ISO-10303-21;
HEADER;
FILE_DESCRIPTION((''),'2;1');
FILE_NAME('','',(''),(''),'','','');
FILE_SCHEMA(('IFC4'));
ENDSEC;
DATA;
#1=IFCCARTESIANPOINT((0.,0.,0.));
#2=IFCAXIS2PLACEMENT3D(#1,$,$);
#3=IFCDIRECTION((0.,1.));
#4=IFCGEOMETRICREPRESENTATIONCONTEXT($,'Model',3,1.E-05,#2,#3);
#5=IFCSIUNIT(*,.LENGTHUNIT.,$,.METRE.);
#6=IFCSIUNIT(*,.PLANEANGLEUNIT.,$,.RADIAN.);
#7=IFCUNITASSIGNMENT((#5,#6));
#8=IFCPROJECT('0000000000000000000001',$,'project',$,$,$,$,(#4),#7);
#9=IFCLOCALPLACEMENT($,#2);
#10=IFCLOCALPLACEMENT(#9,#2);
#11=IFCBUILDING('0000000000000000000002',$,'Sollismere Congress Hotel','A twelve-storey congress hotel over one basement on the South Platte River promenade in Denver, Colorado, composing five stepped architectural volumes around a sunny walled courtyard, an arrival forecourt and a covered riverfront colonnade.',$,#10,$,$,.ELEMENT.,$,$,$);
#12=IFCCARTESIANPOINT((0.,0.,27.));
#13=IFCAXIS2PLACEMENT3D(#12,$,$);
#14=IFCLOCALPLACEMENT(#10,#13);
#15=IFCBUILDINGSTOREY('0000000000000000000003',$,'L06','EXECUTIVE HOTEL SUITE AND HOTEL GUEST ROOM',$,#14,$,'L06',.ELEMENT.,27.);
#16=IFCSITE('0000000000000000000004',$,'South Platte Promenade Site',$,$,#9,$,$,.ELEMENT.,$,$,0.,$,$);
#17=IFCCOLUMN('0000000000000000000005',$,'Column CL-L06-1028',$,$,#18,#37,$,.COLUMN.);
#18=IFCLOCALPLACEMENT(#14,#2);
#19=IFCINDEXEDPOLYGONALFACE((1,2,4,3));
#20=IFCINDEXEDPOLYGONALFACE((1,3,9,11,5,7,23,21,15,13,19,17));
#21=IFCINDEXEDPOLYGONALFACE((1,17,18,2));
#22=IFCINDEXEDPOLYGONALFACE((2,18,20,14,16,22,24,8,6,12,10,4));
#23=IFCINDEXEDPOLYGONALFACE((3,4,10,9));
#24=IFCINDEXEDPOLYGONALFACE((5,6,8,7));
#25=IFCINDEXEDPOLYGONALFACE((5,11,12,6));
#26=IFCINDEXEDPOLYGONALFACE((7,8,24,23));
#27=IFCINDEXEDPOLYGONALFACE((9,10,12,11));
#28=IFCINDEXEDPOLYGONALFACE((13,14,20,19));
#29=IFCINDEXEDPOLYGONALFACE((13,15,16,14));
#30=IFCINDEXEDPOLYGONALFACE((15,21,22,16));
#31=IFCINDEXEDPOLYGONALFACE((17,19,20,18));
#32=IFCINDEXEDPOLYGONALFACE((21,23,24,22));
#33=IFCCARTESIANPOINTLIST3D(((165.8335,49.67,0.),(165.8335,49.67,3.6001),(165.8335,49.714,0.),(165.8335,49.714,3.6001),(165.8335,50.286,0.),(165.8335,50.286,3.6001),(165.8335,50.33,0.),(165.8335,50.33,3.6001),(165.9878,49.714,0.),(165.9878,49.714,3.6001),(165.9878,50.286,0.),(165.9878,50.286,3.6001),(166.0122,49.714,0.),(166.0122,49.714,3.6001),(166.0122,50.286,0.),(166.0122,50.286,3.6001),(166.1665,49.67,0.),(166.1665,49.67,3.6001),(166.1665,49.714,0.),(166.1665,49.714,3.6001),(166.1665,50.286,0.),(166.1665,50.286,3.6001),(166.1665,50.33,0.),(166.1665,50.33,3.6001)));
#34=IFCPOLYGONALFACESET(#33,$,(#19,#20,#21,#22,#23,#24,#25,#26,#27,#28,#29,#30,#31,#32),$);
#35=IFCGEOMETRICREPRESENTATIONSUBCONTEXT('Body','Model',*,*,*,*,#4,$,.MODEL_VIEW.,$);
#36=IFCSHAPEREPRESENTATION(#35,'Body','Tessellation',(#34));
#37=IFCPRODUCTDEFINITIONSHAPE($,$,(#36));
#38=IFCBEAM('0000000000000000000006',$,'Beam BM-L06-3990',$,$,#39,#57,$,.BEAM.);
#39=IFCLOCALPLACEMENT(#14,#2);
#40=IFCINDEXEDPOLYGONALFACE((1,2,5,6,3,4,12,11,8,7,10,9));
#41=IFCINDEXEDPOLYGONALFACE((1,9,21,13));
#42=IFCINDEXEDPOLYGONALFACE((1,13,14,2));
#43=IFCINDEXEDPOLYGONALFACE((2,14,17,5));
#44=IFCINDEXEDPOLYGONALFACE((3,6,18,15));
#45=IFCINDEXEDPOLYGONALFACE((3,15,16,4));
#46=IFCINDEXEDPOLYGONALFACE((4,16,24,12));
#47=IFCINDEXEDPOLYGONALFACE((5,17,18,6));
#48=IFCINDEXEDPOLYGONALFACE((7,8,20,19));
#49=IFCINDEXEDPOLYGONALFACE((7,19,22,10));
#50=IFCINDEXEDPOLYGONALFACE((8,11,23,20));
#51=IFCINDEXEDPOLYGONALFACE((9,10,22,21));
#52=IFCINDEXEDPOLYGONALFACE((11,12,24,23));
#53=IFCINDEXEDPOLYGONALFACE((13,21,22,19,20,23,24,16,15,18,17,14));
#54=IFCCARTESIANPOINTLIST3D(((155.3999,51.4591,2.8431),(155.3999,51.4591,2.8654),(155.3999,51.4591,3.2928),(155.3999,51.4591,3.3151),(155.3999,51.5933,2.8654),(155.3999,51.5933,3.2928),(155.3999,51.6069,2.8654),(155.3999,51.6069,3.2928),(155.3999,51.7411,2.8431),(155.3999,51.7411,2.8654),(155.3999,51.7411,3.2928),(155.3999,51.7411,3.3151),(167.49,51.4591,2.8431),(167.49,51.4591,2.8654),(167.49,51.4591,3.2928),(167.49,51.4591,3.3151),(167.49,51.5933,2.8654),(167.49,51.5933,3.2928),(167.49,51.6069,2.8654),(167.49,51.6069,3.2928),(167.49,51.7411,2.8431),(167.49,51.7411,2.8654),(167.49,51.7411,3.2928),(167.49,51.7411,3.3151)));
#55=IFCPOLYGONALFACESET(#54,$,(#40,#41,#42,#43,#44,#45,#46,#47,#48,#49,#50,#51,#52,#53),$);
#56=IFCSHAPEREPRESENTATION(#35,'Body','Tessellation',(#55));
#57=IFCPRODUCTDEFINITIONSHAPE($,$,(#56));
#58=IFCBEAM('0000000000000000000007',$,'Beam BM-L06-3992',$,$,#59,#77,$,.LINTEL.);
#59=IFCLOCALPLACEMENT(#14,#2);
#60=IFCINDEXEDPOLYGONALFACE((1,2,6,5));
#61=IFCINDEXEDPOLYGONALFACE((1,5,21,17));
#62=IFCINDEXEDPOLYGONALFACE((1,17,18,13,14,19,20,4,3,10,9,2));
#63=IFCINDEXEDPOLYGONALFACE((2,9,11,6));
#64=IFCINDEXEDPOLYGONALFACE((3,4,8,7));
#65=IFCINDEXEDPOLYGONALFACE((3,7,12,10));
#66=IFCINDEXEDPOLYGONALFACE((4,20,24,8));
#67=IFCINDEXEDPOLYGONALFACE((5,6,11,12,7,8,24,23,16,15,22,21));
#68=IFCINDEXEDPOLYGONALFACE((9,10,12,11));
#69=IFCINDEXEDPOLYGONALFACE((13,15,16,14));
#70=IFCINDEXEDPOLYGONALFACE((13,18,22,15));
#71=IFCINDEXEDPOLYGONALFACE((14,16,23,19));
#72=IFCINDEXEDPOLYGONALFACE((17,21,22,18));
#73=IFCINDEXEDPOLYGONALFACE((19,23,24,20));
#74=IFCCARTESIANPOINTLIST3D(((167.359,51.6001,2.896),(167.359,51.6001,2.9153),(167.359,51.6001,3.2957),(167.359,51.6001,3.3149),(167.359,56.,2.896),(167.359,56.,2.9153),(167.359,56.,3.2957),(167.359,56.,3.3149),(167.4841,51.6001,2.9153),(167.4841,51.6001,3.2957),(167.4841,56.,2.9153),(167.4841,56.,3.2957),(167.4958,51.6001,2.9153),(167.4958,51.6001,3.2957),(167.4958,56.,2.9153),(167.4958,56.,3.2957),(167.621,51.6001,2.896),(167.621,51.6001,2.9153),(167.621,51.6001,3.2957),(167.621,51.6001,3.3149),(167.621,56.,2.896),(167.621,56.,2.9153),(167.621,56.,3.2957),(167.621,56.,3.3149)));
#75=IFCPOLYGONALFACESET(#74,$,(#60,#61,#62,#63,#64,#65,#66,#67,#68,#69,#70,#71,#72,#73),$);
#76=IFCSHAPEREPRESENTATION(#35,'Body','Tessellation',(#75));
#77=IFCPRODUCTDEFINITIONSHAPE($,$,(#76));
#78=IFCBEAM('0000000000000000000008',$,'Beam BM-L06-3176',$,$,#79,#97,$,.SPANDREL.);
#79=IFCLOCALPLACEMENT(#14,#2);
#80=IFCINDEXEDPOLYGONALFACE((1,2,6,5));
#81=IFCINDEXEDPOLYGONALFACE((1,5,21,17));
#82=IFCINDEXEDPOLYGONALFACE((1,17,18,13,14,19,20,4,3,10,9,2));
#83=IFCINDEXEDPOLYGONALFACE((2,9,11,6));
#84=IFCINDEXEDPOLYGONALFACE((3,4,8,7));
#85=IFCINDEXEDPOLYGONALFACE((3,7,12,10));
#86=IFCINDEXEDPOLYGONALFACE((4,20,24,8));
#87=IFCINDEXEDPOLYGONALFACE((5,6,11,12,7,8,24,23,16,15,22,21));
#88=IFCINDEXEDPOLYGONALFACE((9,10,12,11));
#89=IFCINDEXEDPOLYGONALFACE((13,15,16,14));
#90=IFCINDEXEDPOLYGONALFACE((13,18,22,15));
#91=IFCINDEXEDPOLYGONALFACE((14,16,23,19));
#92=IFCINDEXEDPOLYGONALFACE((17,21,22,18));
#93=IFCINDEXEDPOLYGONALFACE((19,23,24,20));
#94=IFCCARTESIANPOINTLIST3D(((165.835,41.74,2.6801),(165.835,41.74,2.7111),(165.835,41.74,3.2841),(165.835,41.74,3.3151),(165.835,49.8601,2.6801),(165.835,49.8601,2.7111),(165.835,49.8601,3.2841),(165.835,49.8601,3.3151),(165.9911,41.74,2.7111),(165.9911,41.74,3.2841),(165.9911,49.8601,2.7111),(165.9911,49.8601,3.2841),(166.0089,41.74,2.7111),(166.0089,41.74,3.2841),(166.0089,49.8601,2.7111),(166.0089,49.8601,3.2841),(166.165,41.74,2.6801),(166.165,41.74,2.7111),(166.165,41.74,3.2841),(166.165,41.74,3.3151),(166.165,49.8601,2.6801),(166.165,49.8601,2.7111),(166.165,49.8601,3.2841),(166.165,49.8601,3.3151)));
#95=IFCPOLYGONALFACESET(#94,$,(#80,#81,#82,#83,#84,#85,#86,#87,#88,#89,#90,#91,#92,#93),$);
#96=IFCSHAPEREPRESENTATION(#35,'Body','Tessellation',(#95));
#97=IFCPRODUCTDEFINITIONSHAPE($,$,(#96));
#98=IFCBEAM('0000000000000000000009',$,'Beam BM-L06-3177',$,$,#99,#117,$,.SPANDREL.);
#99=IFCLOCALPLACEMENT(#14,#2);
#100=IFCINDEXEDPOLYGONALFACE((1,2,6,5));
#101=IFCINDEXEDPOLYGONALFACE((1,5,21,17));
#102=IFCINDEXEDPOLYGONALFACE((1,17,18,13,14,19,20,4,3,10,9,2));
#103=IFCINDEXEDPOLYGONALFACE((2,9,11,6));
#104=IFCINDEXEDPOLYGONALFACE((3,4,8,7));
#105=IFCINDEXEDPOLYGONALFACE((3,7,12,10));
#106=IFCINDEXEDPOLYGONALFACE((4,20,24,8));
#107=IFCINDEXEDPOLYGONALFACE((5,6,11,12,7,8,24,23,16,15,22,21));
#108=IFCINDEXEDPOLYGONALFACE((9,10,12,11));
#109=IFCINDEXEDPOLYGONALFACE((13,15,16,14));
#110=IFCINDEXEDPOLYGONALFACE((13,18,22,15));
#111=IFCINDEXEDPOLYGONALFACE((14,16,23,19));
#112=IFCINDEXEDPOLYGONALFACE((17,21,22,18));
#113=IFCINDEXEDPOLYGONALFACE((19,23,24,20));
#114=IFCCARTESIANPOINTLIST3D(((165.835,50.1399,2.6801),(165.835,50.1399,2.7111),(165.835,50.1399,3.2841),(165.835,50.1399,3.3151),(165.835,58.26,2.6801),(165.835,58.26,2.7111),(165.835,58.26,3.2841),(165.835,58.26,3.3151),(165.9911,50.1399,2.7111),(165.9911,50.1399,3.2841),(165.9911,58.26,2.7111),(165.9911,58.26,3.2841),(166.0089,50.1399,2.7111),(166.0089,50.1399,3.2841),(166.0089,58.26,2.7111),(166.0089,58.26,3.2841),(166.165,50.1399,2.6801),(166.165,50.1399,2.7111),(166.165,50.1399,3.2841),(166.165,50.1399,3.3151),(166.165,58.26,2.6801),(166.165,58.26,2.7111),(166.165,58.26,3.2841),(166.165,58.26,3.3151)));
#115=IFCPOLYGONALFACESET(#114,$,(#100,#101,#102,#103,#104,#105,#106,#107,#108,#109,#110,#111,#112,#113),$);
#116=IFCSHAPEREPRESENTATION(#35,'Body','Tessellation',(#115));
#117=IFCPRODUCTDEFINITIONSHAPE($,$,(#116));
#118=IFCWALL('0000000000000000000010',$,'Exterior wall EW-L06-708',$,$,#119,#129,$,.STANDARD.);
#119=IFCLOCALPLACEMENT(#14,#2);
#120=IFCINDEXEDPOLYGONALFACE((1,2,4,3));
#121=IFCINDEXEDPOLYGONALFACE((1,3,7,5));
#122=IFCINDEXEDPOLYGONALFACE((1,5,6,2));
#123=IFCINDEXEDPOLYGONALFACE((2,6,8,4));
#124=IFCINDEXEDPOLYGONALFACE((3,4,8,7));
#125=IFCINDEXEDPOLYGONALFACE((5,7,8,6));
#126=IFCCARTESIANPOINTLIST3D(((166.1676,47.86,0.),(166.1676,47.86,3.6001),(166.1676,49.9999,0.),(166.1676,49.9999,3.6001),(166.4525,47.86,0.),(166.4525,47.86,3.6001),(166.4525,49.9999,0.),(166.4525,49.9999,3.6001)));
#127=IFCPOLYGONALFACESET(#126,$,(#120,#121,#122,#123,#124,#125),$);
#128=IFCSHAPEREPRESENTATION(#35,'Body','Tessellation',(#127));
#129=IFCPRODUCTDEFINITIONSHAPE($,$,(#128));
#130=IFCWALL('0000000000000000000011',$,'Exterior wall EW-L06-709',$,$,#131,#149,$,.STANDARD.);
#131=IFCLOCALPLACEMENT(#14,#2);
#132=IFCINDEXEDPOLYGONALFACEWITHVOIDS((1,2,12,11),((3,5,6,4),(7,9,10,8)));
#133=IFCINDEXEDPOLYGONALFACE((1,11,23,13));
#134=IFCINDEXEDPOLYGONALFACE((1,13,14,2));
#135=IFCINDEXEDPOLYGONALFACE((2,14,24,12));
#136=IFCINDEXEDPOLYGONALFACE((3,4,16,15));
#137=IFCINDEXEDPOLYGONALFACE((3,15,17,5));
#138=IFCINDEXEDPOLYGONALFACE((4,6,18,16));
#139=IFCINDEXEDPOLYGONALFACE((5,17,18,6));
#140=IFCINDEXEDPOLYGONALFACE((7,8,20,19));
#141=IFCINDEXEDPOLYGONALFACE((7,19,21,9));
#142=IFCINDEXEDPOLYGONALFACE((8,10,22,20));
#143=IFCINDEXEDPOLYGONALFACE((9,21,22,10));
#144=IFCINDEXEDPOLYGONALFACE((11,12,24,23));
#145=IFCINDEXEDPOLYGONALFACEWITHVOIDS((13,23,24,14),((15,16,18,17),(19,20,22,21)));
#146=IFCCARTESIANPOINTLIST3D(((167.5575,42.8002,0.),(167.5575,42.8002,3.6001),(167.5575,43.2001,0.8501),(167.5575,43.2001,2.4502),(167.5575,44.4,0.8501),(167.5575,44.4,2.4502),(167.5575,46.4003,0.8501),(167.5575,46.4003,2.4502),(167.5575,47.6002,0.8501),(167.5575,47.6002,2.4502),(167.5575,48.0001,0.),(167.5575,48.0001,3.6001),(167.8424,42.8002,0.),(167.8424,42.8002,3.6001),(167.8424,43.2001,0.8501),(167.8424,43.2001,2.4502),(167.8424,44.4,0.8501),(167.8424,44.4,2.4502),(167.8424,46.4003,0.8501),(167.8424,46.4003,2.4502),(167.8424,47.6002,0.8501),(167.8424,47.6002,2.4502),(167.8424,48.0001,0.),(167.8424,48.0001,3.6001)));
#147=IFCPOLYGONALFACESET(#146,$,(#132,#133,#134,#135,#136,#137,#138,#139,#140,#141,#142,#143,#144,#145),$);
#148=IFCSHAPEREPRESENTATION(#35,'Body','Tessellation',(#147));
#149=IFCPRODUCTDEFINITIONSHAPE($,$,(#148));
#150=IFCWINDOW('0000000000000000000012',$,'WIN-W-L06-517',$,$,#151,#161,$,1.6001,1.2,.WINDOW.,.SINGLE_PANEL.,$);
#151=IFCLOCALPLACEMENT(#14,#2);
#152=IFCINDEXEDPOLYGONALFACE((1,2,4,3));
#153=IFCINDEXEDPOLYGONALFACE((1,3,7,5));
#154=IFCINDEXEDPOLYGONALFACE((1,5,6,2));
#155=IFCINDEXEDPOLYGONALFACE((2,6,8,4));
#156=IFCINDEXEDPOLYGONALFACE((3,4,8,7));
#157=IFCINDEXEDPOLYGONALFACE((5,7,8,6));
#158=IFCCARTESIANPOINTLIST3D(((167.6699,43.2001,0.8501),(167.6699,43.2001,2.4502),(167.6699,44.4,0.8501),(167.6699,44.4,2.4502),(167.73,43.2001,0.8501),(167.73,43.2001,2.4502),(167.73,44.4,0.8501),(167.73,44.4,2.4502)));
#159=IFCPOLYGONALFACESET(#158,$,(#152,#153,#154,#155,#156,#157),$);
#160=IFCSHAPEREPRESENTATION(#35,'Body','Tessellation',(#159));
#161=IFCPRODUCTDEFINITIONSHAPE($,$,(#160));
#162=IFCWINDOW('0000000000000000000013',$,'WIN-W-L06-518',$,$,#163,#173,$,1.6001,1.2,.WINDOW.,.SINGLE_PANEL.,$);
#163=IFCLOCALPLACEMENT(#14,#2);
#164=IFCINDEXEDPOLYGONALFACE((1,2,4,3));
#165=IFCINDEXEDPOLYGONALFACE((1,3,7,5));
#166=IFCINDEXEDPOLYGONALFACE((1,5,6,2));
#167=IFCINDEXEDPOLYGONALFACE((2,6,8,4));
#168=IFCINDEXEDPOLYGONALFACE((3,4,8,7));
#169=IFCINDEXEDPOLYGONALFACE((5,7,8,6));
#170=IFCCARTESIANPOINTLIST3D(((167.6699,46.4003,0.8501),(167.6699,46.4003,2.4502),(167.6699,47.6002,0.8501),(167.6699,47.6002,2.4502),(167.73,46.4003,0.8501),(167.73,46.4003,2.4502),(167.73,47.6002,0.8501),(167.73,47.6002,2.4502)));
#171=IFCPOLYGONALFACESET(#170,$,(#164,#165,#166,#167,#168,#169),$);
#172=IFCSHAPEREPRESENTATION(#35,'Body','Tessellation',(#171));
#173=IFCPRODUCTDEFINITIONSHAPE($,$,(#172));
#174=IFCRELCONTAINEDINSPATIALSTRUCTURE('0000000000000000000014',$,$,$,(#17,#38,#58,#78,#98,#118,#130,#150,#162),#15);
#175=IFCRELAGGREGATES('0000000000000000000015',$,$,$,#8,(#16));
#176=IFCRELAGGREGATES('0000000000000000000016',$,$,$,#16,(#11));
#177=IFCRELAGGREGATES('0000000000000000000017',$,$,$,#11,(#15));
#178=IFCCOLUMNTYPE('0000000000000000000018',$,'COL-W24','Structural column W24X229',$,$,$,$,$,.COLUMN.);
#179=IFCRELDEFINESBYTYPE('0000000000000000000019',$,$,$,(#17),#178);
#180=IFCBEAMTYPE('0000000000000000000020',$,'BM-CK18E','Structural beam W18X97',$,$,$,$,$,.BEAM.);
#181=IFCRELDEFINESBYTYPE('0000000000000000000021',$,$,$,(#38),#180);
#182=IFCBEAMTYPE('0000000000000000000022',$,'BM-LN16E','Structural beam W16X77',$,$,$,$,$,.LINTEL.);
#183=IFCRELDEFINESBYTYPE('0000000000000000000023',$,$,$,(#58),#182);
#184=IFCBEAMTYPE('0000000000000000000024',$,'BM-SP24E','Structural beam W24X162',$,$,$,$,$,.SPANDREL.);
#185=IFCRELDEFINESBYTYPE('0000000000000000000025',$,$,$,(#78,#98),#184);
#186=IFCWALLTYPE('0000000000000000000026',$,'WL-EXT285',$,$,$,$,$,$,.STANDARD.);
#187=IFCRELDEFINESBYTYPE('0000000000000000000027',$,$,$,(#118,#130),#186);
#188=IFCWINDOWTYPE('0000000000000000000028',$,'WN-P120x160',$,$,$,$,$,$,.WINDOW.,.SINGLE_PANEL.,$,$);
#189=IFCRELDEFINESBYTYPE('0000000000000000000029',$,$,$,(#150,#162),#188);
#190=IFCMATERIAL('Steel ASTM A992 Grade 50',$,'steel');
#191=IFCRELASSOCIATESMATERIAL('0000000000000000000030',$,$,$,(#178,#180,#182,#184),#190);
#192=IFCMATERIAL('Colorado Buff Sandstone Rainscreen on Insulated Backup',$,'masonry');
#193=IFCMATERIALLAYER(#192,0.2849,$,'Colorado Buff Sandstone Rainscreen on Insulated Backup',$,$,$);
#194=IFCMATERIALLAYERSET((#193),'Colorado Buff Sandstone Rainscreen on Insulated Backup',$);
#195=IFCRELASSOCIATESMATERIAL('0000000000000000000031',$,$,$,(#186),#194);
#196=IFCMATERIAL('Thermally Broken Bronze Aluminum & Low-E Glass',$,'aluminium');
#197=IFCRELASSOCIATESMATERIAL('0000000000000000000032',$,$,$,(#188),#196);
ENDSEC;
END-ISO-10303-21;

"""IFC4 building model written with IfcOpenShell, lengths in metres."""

from ifc_helpers import new_model, si_unit, direction, frame, frame_2d, origin, origin_2d, place, context, subcontext, project, spatial, rectangle, i_section, extrude, material, layer, layer_set, material_profile, profile_set, type_object, element, fill, save


model = new_model("IFC4")

# Units and contexts
model_context = context("Model", 3, precision=1e-05, world=origin(), true_north=direction((0.0, 1.0)))
body_context = subcontext(model_context, "Body", "Model", "MODEL_VIEW")
ifc_project = project(units=[si_unit("LENGTHUNIT", "METRE"), si_unit("PLANEANGLEUNIT", "RADIAN")], contexts=[model_context])

# Site, building, storey
site_placement = place(None, origin())
site = spatial("IfcSite", under=ifc_project, at=site_placement, Name="South Platte Promenade Site", CompositionType="ELEMENT", RefElevation=0.0)
building_placement = place(site_placement, origin())
building = spatial("IfcBuilding", under=site, at=building_placement, Name="Sollismere Congress Hotel", Description="A twelve-storey congress hotel over one basement on the South Platte River promenade in Denver, Colorado, composing five stepped architectural volumes around a sunny walled courtyard, an arrival forecourt and a covered riverfront colonnade.", CompositionType="ELEMENT")
storey_placement = place(building_placement, frame((0.0, 0.0, 27.0)))
storey = spatial("IfcBuildingStorey", under=building, at=storey_placement, Name="L06", Description="EXECUTIVE HOTEL SUITE AND HOTEL GUEST ROOM", LongName="L06", CompositionType="ELEMENT", Elevation=27.0)

# Column
ifc_material_1 = material(Name="Steel ASTM A992 Grade 50", Category="steel")
ifc_material_profile_1 = material_profile(ifc_material_1, i_section(OverallWidth=0.333, OverallDepth=0.6599, WebThickness=0.0244, FlangeThickness=0.0439, at=origin_2d()), Name="W24X229")
ifc_profile_set_1 = profile_set([ifc_material_profile_1], Name="Steel ASTM A992 Grade 50")
column_type = type_object("IfcColumnType", Name="COL-W24", Description="Structural column W24X229", PredefinedType="COLUMN", material=ifc_profile_set_1)
column_placement = place(storey_placement, frame((166.0, 50.0, 0.0), z_axis=(0.0, 0.0, 1.0), x_axis=(1.0, 0.0, 0.0)))
element("IfcColumn", 1, at=column_placement, inside=storey, type_object=column_type, Name="Column CL-L06-1028", PredefinedType="COLUMN", context=body_context, shape_type="SweptSolid", body=[
    extrude(i_section(OverallWidth=0.333, OverallDepth=0.6599, WebThickness=0.0244, FlangeThickness=0.0439, at=origin_2d()), origin(), (0.0, 0.0, 1.0), 3.6001),
])

# Beams
ifc_material_profile_2 = material_profile(ifc_material_1, i_section(OverallWidth=0.282, OverallDepth=0.4719, WebThickness=0.0137, FlangeThickness=0.0222, at=origin_2d()), Name="W18X97")
ifc_profile_set_2 = profile_set([ifc_material_profile_2], Name="Steel ASTM A992 Grade 50")
beam_type_1 = type_object("IfcBeamType", Name="BM-CK18E", Description="Structural beam W18X97", PredefinedType="BEAM", material=ifc_profile_set_2)
beam_1_placement = place(storey_placement, frame((155.3999, 51.6001, 3.0791), z_axis=(1.0, 0.0, 0.0), x_axis=(0.0, 1.0, 0.0)))
element("IfcBeam", 2, at=beam_1_placement, inside=storey, type_object=beam_type_1, Name="Beam BM-L06-3990", PredefinedType="BEAM", context=body_context, shape_type="SweptSolid", body=[
    extrude(i_section(OverallWidth=0.282, OverallDepth=0.4719, WebThickness=0.0137, FlangeThickness=0.0222, at=origin_2d()), origin(), (0.0, 0.0, 1.0), 12.0901),
])
ifc_material_profile_3 = material_profile(ifc_material_1, i_section(OverallWidth=0.262, OverallDepth=0.4189, WebThickness=0.0117, FlangeThickness=0.0193, at=origin_2d()), Name="W16X77")
ifc_profile_set_3 = profile_set([ifc_material_profile_3], Name="Steel ASTM A992 Grade 50")
beam_type_2 = type_object("IfcBeamType", Name="BM-LN16E", Description="Structural beam W16X77", PredefinedType="LINTEL", material=ifc_profile_set_3)
beam_2_placement = place(storey_placement, frame((167.49, 51.6001, 3.1055), z_axis=(0.0, 1.0, 0.0), x_axis=(-1.0, 0.0, 0.0)))
element("IfcBeam", 3, at=beam_2_placement, inside=storey, type_object=beam_type_2, Name="Beam BM-L06-3992", PredefinedType="LINTEL", context=body_context, shape_type="SweptSolid", body=[
    extrude(i_section(OverallWidth=0.262, OverallDepth=0.4189, WebThickness=0.0117, FlangeThickness=0.0193, at=origin_2d()), origin(), (0.0, 0.0, 1.0), 4.3999),
])
ifc_material_profile_4 = material_profile(ifc_material_1, i_section(OverallWidth=0.3301, OverallDepth=0.635, WebThickness=0.0178, FlangeThickness=0.031, at=origin_2d()), Name="W24X162")
ifc_profile_set_4 = profile_set([ifc_material_profile_4], Name="Steel ASTM A992 Grade 50")
beam_type_3 = type_object("IfcBeamType", Name="BM-SP24E", Description="Structural beam W24X162", PredefinedType="SPANDREL", material=ifc_profile_set_4)
for number, where, z_axis, x_axis, name in (
    (4, (166.0, 41.74, 2.9976), (0.0, 1.0, 0.0), (-1.0, 0.0, 0.0), "Beam BM-L06-3176"),
    (5, (166.0, 50.1399, 2.9976), (0.0, 1.0, 0.0), (-1.0, 0.0, 0.0), "Beam BM-L06-3177"),
):
    element("IfcBeam", number, at=place(storey_placement, frame(where, z_axis=z_axis, x_axis=x_axis)), inside=storey, type_object=beam_type_3, Name=name, PredefinedType="SPANDREL", context=body_context, shape_type="SweptSolid", body=[
        extrude(i_section(OverallWidth=0.3301, OverallDepth=0.635, WebThickness=0.0178, FlangeThickness=0.031, at=origin_2d()), origin(), (0.0, 0.0, 1.0), 8.1201),
    ])

# Wall
ifc_material_2 = material(Name="Colorado Buff Sandstone Rainscreen on Insulated Backup", Category="masonry")
ifc_layer_1 = layer(ifc_material_2, 0.2849, Name="Colorado Buff Sandstone Rainscreen on Insulated Backup")
ifc_layer_set_1 = layer_set([ifc_layer_1], Name="Colorado Buff Sandstone Rainscreen on Insulated Backup")
wall_type_1 = type_object("IfcWallType", Name="WL-EXT285", PredefinedType="STANDARD", material=ifc_layer_set_1)
wall_1_placement = place(storey_placement, frame((166.3101, 47.8601, 0.0), z_axis=(0.0, 0.0, 1.0), x_axis=(0.0, 1.0, 0.0)))
element("IfcWall", 6, at=wall_1_placement, inside=storey, type_object=wall_type_1, Name="Exterior wall EW-L06-708", PredefinedType="STANDARD", context=body_context, shape_type="SweptSolid", body=[
    extrude(rectangle(XDim=2.1399, YDim=0.2849, at=frame_2d((1.0698, 0.0))), origin(), (0.0, 0.0, 1.0), 3.6001),
])

# Wall, openings, windows
wall_2_placement = place(storey_placement, frame((167.7, 42.8, 0.0), z_axis=(0.0, 0.0, 1.0), x_axis=(0.0, 1.0, 0.0)))
wall_2 = element("IfcWall", 7, at=wall_2_placement, inside=storey, type_object=wall_type_1, Name="Exterior wall EW-L06-709", PredefinedType="STANDARD", context=body_context, shape_type="SweptSolid", body=[
    extrude(rectangle(XDim=5.2, YDim=0.2849, at=frame_2d((2.6001, 0.0))), origin(), (0.0, 0.0, 1.0), 3.6001),
])
opening_1_placement = place(wall_2_placement, frame((0.3999, 0.0, 0.8501)))
opening_1 = element("IfcOpeningElement", 8, at=opening_1_placement, cuts=wall_2, PredefinedType="OPENING", context=body_context, shape_type="SweptSolid", body=[
    extrude(rectangle(XDim=1.2, YDim=1.6001, at=frame_2d((0.6001, 0.8))), frame((0.0, 0.1523, 0.0), z_axis=(0.0, -1.0, 0.0), x_axis=(1.0, 0.0, 0.0)), (0.0, 0.0, 1.0), 0.3049),
])
opening_2_placement = place(wall_2_placement, frame((3.6001, 0.0, 0.8501)))
opening_2 = element("IfcOpeningElement", 9, at=opening_2_placement, cuts=wall_2, PredefinedType="OPENING", context=body_context, shape_type="SweptSolid", body=[
    extrude(rectangle(XDim=1.2, YDim=1.6001, at=frame_2d((0.6001, 0.8))), frame((0.0, 0.1523, 0.0), z_axis=(0.0, -1.0, 0.0), x_axis=(1.0, 0.0, 0.0)), (0.0, 0.0, 1.0), 0.3049),
])
ifc_material_3 = material(Name="Thermally Broken Bronze Aluminum & Low-E Glass", Category="aluminium")
window_type_1 = type_object("IfcWindowType", Name="WN-P120x160", PartitioningType="SINGLE_PANEL", PredefinedType="WINDOW", material=ifc_material_3)
window_1_placement = place(opening_1_placement, origin())
window_1 = element("IfcWindow", 10, at=window_1_placement, inside=storey, type_object=window_type_1, Name="WIN-W-L06-517", OverallHeight=1.6001, OverallWidth=1.2, PartitioningType="SINGLE_PANEL", PredefinedType="WINDOW", context=body_context, shape_type="SweptSolid", body=[
    extrude(rectangle(XDim=1.2, YDim=1.6001, at=frame_2d((0.6001, 0.8))), frame((0.0, 0.03, 0.0), z_axis=(0.0, -1.0, 0.0), x_axis=(1.0, 0.0, 0.0)), (0.0, 0.0, 1.0), 0.0601),
])
fill(opening_1, window_1)
window_2_placement = place(opening_2_placement, origin())
window_2 = element("IfcWindow", 11, at=window_2_placement, inside=storey, type_object=window_type_1, Name="WIN-W-L06-518", OverallHeight=1.6001, OverallWidth=1.2, PartitioningType="SINGLE_PANEL", PredefinedType="WINDOW", context=body_context, shape_type="SweptSolid", body=[
    extrude(rectangle(XDim=1.2, YDim=1.6001, at=frame_2d((0.6001, 0.8))), frame((0.0, 0.03, 0.0), z_axis=(0.0, -1.0, 0.0), x_axis=(1.0, 0.0, 0.0)), (0.0, 0.0, 1.0), 0.0601),
])
fill(opening_2, window_2)

save(model, "model.ifc")
